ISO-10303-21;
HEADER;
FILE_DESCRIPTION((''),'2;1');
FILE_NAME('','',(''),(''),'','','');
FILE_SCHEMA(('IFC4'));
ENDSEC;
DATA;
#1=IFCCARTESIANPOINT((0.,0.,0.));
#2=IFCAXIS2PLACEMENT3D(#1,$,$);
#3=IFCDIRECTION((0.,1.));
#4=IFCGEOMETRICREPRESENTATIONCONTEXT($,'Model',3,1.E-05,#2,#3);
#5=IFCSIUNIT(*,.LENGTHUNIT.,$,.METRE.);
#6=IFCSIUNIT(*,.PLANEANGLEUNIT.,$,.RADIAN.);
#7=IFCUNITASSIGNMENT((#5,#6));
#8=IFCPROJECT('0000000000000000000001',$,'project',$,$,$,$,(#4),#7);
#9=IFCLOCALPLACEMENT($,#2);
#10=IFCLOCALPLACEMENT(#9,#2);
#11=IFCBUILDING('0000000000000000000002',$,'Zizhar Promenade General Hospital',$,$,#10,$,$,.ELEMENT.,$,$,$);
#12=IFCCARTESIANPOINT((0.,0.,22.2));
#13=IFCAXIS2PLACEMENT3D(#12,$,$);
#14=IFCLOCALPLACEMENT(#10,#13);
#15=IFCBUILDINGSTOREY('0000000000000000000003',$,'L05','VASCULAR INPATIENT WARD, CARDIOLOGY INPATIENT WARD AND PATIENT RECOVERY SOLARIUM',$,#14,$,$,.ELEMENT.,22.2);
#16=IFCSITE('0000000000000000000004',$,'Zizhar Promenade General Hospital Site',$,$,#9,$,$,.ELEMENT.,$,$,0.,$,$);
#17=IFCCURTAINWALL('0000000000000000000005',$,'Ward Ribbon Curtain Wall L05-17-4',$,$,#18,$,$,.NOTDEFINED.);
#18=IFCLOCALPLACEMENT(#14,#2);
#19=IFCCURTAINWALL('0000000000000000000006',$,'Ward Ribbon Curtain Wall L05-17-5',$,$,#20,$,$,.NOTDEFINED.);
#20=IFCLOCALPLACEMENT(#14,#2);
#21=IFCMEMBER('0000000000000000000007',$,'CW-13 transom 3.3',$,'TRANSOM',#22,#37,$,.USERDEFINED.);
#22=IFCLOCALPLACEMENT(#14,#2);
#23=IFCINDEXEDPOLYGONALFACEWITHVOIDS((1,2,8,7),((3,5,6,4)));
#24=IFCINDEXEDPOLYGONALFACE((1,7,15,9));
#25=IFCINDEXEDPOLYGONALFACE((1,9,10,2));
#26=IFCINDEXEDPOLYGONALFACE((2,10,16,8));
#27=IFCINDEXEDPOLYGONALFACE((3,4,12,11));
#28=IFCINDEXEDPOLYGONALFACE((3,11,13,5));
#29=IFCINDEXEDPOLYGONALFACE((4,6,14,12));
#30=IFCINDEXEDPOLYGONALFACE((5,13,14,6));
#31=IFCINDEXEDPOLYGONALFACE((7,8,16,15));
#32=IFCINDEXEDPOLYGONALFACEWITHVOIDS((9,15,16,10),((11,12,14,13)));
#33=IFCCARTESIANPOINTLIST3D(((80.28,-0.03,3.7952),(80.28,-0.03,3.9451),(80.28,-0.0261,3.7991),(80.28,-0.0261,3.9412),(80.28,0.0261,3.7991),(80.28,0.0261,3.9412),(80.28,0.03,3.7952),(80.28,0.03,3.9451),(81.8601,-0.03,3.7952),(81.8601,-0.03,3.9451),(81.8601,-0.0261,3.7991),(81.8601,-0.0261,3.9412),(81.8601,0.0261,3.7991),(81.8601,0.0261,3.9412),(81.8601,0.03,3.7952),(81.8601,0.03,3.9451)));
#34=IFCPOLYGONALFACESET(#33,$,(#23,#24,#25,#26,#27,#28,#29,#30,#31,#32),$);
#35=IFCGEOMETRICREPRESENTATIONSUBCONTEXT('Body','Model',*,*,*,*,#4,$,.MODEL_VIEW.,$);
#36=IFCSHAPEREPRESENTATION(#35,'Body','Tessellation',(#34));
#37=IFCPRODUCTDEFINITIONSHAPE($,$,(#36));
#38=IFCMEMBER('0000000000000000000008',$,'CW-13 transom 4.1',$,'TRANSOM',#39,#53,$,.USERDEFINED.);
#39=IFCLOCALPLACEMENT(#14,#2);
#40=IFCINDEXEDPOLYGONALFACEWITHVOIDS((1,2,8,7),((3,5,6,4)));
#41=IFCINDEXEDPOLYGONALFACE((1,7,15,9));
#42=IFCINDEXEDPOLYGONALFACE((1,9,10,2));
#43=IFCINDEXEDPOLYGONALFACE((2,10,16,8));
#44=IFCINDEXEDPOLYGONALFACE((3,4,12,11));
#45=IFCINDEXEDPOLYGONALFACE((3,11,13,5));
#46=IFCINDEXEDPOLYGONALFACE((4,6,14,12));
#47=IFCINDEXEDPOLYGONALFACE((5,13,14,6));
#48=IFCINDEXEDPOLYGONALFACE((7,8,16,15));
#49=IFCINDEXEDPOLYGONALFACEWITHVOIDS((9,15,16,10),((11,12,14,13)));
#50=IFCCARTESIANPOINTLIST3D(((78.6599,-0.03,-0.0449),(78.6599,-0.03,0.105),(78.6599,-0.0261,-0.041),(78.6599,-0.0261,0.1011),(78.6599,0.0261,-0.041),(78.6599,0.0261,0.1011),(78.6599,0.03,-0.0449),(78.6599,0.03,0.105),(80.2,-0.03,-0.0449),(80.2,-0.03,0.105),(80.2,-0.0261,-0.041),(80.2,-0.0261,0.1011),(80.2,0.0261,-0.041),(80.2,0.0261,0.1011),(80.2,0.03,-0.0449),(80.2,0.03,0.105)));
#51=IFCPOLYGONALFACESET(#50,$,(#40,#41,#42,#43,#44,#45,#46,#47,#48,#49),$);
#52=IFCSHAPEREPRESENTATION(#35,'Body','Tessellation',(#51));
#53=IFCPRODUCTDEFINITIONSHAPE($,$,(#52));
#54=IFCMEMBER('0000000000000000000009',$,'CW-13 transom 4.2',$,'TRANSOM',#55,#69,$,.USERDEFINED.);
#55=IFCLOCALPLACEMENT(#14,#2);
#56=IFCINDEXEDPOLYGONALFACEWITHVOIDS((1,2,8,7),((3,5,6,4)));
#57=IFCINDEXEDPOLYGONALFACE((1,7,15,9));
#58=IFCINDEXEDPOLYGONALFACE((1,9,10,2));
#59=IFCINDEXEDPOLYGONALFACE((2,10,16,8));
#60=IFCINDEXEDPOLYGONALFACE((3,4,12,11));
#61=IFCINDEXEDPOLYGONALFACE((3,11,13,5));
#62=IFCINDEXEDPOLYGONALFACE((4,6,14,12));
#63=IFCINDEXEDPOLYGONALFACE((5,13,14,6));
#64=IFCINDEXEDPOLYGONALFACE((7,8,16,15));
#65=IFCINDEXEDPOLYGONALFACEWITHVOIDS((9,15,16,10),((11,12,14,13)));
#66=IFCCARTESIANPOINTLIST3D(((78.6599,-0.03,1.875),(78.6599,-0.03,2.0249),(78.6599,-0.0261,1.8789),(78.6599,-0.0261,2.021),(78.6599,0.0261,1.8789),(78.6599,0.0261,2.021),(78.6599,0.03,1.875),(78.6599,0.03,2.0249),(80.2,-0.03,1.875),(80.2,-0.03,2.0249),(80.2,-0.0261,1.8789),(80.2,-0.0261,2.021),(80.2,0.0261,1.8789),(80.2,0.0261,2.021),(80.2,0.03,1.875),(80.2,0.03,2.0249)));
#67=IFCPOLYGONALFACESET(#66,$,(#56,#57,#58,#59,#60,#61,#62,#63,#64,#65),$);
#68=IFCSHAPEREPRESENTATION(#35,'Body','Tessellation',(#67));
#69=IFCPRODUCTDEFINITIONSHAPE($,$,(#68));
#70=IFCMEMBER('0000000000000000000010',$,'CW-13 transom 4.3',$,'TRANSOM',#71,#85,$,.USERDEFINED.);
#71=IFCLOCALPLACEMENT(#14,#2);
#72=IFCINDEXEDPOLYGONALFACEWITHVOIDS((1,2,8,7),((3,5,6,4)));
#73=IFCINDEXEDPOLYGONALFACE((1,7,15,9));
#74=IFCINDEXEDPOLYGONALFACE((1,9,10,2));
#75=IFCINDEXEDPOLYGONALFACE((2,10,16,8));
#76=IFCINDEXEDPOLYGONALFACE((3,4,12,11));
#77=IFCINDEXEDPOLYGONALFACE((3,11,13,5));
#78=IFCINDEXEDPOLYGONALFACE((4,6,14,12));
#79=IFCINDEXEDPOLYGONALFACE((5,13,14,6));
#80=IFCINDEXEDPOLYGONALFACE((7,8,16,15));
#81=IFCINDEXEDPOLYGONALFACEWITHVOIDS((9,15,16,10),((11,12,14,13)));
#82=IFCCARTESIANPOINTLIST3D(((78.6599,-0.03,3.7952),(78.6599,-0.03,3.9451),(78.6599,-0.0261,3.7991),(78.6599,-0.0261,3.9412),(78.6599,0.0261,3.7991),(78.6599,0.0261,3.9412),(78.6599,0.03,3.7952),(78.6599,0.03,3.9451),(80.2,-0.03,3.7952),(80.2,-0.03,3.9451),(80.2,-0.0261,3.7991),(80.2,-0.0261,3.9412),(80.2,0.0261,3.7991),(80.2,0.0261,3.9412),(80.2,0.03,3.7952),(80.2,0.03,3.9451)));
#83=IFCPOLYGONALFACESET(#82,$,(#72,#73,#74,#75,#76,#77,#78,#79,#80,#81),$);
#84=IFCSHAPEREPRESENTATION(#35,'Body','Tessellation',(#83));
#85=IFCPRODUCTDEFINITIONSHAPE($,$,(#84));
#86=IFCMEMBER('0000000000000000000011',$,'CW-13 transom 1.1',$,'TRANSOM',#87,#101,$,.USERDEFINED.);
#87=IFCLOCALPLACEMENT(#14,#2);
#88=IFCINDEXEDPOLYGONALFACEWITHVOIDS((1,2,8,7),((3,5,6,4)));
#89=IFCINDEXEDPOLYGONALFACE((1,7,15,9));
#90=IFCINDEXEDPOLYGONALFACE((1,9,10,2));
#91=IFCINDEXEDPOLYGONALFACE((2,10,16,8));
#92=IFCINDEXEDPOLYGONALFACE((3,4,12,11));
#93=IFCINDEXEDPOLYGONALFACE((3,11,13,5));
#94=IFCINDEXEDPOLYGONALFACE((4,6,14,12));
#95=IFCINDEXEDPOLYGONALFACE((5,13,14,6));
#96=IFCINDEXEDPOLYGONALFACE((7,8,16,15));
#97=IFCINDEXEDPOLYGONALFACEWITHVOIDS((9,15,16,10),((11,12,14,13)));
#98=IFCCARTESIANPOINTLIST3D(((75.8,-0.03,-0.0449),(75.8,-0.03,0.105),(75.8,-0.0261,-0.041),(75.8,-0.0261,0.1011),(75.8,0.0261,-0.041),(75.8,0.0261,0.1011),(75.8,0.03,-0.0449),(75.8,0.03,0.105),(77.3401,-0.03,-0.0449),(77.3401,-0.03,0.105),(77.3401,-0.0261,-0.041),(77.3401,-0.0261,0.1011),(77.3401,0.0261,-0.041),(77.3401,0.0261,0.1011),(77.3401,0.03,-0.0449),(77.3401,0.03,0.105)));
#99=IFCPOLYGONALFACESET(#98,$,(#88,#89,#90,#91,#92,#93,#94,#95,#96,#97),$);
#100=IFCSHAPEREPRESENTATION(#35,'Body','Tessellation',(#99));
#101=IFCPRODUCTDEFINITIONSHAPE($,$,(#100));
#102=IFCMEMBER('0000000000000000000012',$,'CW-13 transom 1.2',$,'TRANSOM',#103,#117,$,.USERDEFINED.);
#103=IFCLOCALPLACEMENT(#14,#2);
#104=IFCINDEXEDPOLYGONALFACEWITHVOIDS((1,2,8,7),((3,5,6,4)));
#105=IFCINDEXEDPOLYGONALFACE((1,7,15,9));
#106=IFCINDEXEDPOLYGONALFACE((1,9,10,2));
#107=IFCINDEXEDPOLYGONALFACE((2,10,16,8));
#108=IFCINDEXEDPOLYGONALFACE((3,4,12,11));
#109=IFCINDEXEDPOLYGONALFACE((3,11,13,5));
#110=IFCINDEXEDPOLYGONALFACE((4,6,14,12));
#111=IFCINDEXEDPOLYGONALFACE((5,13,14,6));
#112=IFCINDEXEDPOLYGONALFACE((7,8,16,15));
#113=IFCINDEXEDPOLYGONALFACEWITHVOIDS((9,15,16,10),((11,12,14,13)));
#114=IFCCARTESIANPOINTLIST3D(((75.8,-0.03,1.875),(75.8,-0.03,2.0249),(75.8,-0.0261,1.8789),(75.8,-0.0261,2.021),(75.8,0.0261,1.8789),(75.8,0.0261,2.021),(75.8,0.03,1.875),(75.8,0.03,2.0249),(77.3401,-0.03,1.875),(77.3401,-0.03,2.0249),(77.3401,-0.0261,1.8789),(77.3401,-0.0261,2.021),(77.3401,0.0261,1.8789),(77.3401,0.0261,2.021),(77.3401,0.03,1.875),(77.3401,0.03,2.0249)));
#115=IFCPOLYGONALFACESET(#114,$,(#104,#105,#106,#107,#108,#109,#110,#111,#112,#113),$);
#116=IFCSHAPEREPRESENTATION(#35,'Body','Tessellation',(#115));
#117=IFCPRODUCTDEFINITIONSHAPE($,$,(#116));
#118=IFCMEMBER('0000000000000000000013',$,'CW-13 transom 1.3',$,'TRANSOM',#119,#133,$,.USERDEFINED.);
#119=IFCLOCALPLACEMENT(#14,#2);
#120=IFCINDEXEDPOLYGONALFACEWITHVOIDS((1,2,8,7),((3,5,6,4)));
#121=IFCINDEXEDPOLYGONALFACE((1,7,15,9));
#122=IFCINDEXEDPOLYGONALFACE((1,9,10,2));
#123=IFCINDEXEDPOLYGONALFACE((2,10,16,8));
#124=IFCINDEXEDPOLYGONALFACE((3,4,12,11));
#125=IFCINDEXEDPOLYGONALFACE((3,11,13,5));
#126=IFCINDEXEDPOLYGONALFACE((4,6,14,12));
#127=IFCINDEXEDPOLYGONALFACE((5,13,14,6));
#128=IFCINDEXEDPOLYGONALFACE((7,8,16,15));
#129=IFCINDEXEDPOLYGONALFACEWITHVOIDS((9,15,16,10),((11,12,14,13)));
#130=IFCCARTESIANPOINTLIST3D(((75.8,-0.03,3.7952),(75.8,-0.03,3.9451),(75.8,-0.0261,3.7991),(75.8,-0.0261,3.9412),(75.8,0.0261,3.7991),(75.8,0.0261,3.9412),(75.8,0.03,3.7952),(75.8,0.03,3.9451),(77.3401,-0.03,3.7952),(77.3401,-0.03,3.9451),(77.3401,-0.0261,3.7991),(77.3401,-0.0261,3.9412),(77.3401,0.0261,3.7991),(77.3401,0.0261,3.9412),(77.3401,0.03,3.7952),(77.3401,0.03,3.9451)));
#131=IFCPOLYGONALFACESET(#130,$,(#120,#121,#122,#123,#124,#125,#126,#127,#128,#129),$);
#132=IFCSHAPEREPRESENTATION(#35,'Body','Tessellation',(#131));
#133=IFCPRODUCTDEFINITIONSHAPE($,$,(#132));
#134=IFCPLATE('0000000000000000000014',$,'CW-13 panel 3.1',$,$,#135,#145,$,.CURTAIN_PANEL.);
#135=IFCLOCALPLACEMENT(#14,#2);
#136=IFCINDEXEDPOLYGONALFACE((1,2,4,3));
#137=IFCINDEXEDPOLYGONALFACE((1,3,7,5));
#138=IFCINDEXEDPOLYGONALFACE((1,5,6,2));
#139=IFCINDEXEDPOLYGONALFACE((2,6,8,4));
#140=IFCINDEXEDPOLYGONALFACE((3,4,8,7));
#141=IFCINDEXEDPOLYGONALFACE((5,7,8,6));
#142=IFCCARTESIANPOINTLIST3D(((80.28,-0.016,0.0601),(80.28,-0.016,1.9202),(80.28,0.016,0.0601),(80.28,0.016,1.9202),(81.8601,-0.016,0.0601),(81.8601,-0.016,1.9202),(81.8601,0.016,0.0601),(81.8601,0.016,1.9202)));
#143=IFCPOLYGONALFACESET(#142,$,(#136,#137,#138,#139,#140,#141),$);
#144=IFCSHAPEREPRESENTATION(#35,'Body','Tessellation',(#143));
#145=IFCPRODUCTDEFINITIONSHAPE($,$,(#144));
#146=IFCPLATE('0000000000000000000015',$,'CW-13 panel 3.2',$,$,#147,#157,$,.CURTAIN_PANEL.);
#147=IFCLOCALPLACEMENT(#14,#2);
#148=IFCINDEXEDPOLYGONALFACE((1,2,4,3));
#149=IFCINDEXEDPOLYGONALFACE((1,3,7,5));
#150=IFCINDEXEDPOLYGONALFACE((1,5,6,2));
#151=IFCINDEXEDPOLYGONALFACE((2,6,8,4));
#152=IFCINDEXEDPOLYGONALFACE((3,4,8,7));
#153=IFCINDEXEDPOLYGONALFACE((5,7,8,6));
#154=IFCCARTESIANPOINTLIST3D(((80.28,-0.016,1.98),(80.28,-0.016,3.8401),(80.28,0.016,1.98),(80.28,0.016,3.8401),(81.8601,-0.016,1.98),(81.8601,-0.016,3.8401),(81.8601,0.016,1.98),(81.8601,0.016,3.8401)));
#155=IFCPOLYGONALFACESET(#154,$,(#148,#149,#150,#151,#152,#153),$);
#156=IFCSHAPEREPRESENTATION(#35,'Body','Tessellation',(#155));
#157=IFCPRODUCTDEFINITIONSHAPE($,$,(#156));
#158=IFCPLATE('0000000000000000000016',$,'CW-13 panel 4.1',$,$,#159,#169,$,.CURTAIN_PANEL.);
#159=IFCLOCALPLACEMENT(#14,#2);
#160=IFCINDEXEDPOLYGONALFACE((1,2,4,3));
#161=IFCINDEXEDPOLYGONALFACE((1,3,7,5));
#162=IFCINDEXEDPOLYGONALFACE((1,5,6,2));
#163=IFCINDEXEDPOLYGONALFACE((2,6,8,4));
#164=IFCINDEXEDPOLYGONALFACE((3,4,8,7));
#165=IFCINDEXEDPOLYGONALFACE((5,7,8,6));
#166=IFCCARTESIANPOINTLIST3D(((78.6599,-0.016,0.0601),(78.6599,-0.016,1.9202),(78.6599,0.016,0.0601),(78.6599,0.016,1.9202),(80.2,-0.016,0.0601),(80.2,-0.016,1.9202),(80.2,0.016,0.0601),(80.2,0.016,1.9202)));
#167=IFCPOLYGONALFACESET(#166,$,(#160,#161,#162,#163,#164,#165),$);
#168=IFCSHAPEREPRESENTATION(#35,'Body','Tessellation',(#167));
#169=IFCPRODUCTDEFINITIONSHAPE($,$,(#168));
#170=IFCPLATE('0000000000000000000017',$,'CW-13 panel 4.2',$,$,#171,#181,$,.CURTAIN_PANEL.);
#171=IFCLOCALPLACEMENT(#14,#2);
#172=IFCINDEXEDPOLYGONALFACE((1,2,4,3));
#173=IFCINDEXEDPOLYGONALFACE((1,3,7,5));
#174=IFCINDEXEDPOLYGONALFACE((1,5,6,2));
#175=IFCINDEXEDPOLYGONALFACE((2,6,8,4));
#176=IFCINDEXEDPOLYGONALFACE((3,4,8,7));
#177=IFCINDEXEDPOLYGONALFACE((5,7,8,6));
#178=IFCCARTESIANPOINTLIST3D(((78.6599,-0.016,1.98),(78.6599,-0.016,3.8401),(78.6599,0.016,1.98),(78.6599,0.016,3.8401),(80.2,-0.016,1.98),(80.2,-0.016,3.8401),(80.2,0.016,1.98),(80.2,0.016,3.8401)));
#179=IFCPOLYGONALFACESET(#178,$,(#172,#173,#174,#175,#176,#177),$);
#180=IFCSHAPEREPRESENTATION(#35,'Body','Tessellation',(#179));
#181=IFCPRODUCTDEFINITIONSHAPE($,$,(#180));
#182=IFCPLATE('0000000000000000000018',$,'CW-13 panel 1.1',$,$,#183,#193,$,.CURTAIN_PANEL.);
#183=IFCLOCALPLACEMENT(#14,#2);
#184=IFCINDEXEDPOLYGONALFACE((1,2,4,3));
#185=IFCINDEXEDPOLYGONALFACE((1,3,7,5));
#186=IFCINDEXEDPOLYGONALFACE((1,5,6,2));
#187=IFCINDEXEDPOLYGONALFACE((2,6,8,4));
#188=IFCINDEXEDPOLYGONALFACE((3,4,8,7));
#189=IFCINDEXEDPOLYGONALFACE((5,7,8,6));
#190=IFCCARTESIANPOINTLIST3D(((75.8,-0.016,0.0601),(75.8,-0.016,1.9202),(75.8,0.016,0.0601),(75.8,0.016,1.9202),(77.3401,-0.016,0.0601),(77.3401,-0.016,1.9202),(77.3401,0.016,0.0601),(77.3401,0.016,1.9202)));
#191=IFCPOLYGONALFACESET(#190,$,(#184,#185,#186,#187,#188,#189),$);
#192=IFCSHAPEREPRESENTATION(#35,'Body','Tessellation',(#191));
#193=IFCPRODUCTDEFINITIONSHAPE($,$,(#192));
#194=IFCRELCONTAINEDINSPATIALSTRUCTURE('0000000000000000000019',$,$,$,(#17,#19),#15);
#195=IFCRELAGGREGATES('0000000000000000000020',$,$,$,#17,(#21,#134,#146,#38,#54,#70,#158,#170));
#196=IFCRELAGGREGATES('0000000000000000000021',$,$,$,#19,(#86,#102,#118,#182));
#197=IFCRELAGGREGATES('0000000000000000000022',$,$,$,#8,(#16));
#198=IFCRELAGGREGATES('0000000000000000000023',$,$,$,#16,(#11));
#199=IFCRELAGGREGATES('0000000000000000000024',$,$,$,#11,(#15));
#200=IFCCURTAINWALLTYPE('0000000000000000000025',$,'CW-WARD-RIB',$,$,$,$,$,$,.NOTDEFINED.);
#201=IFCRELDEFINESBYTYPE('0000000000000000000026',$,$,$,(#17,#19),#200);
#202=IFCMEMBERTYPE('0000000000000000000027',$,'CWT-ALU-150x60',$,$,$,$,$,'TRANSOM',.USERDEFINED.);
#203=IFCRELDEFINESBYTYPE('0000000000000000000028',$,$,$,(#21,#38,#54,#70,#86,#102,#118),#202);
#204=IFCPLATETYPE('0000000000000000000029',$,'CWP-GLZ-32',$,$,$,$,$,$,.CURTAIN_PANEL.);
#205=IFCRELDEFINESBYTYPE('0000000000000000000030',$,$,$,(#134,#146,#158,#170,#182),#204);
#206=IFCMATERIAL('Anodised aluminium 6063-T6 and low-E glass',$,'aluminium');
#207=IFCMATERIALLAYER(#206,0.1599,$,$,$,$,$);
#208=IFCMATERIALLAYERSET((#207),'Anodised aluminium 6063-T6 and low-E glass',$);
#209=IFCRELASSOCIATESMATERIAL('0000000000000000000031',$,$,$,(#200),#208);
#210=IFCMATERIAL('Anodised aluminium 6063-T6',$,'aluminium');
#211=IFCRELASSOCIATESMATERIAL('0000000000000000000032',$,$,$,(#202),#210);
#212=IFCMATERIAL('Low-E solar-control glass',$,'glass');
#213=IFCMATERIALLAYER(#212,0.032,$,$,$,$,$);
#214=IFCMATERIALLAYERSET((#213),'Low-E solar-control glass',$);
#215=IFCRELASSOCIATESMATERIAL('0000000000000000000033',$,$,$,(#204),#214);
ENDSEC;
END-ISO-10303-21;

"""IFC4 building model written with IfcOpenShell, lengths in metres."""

from ifc_helpers import new_model, si_unit, direction, frame, origin, origin_2d, place, context, subcontext, project, spatial, rectangle, hollow_rectangle, extrude, material, layer, layer_set, material_profile, profile_set, type_object, element, aggregate, save


model = new_model("IFC4")

# Units and contexts
model_context = context("Model", 3, precision=1e-05, world=origin(), true_north=direction((0.0, 1.0)))
body_context = subcontext(model_context, "Body", "Model", "MODEL_VIEW")
ifc_project = project(units=[si_unit("LENGTHUNIT", "METRE"), si_unit("PLANEANGLEUNIT", "RADIAN")], contexts=[model_context])

# Site, building, storey
site_placement = place(None, origin())
site = spatial("IfcSite", under=ifc_project, at=site_placement, Name="Zizhar Promenade General Hospital Site", CompositionType="ELEMENT", RefElevation=0.0)
building_placement = place(site_placement, origin())
building = spatial("IfcBuilding", under=site, at=building_placement, Name="Zizhar Promenade General Hospital", CompositionType="ELEMENT")
storey_placement = place(building_placement, frame((0.0, 0.0, 22.2)))
storey = spatial("IfcBuildingStorey", under=building, at=storey_placement, Name="L05", Description="VASCULAR INPATIENT WARD, CARDIOLOGY INPATIENT WARD AND PATIENT RECOVERY SOLARIUM", CompositionType="ELEMENT", Elevation=22.2)

# Curtain wall
ifc_material_1 = material(Name="Anodised aluminium 6063-T6 and low-E glass", Category="aluminium")
ifc_layer_1 = layer(ifc_material_1, 0.1599)
ifc_layer_set_1 = layer_set([ifc_layer_1], Name="Anodised aluminium 6063-T6 and low-E glass")
curtain_wall_type = type_object("IfcCurtainWallType", Name="CW-WARD-RIB", PredefinedType="NOTDEFINED", material=ifc_layer_set_1)
curtain_wall_1_placement = place(storey_placement, origin())
curtain_wall_1 = element("IfcCurtainWall", 1, at=curtain_wall_1_placement, inside=storey, type_object=curtain_wall_type, Name="Ward Ribbon Curtain Wall L05-17-4", PredefinedType="NOTDEFINED")

# Curtain wall
curtain_wall_2_placement = place(storey_placement, origin())
curtain_wall_2 = element("IfcCurtainWall", 2, at=curtain_wall_2_placement, inside=storey, type_object=curtain_wall_type, Name="Ward Ribbon Curtain Wall L05-17-5", PredefinedType="NOTDEFINED")

# Members
ifc_material_2 = material(Name="Anodised aluminium 6063-T6", Category="aluminium")
ifc_material_profile_1 = material_profile(ifc_material_2, hollow_rectangle(XDim=0.0601, YDim=0.1499, WallThickness=0.0039, at=origin_2d()))
ifc_profile_set_1 = profile_set([ifc_material_profile_1], Name="Anodised aluminium 6063-T6")
member_type_1 = type_object("IfcMemberType", Name="CWT-ALU-150x60", ElementType="TRANSOM", PredefinedType="USERDEFINED", material=ifc_profile_set_1)
member_1_placement = place(storey_placement, frame((81.8601, 0.0, 3.8701), z_axis=(-1.0, 0.0, 0.0), x_axis=(0.0, -1.0, 0.0)))
member_1 = element("IfcMember", 3, at=member_1_placement, type_object=member_type_1, Name="CW-13 transom 3.3", ObjectType="TRANSOM", PredefinedType="USERDEFINED", context=body_context, shape_type="SweptSolid", body=[
    extrude(hollow_rectangle(XDim=0.0601, YDim=0.1499, WallThickness=0.0039, at=origin_2d()), origin(), (0.0, 0.0, 1.0), 1.5801),
])
member_2_placement = place(storey_placement, frame((80.2, 0.0, 0.03), z_axis=(-1.0, 0.0, 0.0), x_axis=(0.0, -1.0, 0.0)))
member_2 = element("IfcMember", 4, at=member_2_placement, type_object=member_type_1, Name="CW-13 transom 4.1", ObjectType="TRANSOM", PredefinedType="USERDEFINED", context=body_context, shape_type="SweptSolid", body=[
    extrude(hollow_rectangle(XDim=0.0601, YDim=0.1499, WallThickness=0.0039, at=origin_2d()), origin(), (0.0, 0.0, 1.0), 1.54),
])
member_3_placement = place(storey_placement, frame((80.2, 0.0, 1.95), z_axis=(-1.0, 0.0, 0.0), x_axis=(0.0, -1.0, 0.0)))
member_3 = element("IfcMember", 5, at=member_3_placement, type_object=member_type_1, Name="CW-13 transom 4.2", ObjectType="TRANSOM", PredefinedType="USERDEFINED", context=body_context, shape_type="SweptSolid", body=[
    extrude(hollow_rectangle(XDim=0.0601, YDim=0.1499, WallThickness=0.0039, at=origin_2d()), origin(), (0.0, 0.0, 1.0), 1.54),
])
member_4_placement = place(storey_placement, frame((80.2, 0.0, 3.8701), z_axis=(-1.0, 0.0, 0.0), x_axis=(0.0, -1.0, 0.0)))
member_4 = element("IfcMember", 6, at=member_4_placement, type_object=member_type_1, Name="CW-13 transom 4.3", ObjectType="TRANSOM", PredefinedType="USERDEFINED", context=body_context, shape_type="SweptSolid", body=[
    extrude(hollow_rectangle(XDim=0.0601, YDim=0.1499, WallThickness=0.0039, at=origin_2d()), origin(), (0.0, 0.0, 1.0), 1.54),
])
member_5_placement = place(storey_placement, frame((77.3401, 0.0, 0.03), z_axis=(-1.0, 0.0, 0.0), x_axis=(0.0, -1.0, 0.0)))
member_5 = element("IfcMember", 7, at=member_5_placement, type_object=member_type_1, Name="CW-13 transom 1.1", ObjectType="TRANSOM", PredefinedType="USERDEFINED", context=body_context, shape_type="SweptSolid", body=[
    extrude(hollow_rectangle(XDim=0.0601, YDim=0.1499, WallThickness=0.0039, at=origin_2d()), origin(), (0.0, 0.0, 1.0), 1.54),
])
member_6_placement = place(storey_placement, frame((77.3401, 0.0, 1.95), z_axis=(-1.0, 0.0, 0.0), x_axis=(0.0, -1.0, 0.0)))
member_6 = element("IfcMember", 8, at=member_6_placement, type_object=member_type_1, Name="CW-13 transom 1.2", ObjectType="TRANSOM", PredefinedType="USERDEFINED", context=body_context, shape_type="SweptSolid", body=[
    extrude(hollow_rectangle(XDim=0.0601, YDim=0.1499, WallThickness=0.0039, at=origin_2d()), origin(), (0.0, 0.0, 1.0), 1.54),
])
member_7_placement = place(storey_placement, frame((77.3401, 0.0, 3.8701), z_axis=(-1.0, 0.0, 0.0), x_axis=(0.0, -1.0, 0.0)))
member_7 = element("IfcMember", 9, at=member_7_placement, type_object=member_type_1, Name="CW-13 transom 1.3", ObjectType="TRANSOM", PredefinedType="USERDEFINED", context=body_context, shape_type="SweptSolid", body=[
    extrude(hollow_rectangle(XDim=0.0601, YDim=0.1499, WallThickness=0.0039, at=origin_2d()), origin(), (0.0, 0.0, 1.0), 1.54),
])

# Plates
ifc_material_3 = material(Name="Low-E solar-control glass", Category="glass")
ifc_layer_2 = layer(ifc_material_3, 0.032)
ifc_layer_set_2 = layer_set([ifc_layer_2], Name="Low-E solar-control glass")
plate_type = type_object("IfcPlateType", Name="CWP-GLZ-32", PredefinedType="CURTAIN_PANEL", material=ifc_layer_set_2)
plate_1_placement = place(storey_placement, frame((81.0701, 0.0, 0.0601), z_axis=(0.0, 0.0, 1.0), x_axis=(-1.0, 0.0, 0.0)))
plate_1 = element("IfcPlate", 10, at=plate_1_placement, type_object=plate_type, Name="CW-13 panel 3.1", PredefinedType="CURTAIN_PANEL", context=body_context, shape_type="SweptSolid", body=[
    extrude(rectangle(XDim=1.5801, YDim=0.032, at=origin_2d()), origin(), (0.0, 0.0, 1.0), 1.8601),
])
plate_2_placement = place(storey_placement, frame((81.0701, 0.0, 1.98), z_axis=(0.0, 0.0, 1.0), x_axis=(-1.0, 0.0, 0.0)))
plate_2 = element("IfcPlate", 11, at=plate_2_placement, type_object=plate_type, Name="CW-13 panel 3.2", PredefinedType="CURTAIN_PANEL", context=body_context, shape_type="SweptSolid", body=[
    extrude(rectangle(XDim=1.5801, YDim=0.032, at=origin_2d()), origin(), (0.0, 0.0, 1.0), 1.8601),
])
plate_3_placement = place(storey_placement, frame((79.4299, 0.0, 0.0601), z_axis=(0.0, 0.0, 1.0), x_axis=(-1.0, 0.0, 0.0)))
plate_3 = element("IfcPlate", 12, at=plate_3_placement, type_object=plate_type, Name="CW-13 panel 4.1", PredefinedType="CURTAIN_PANEL", context=body_context, shape_type="SweptSolid", body=[
    extrude(rectangle(XDim=1.54, YDim=0.032, at=origin_2d()), origin(), (0.0, 0.0, 1.0), 1.8601),
])
plate_4_placement = place(storey_placement, frame((79.4299, 0.0, 1.98), z_axis=(0.0, 0.0, 1.0), x_axis=(-1.0, 0.0, 0.0)))
plate_4 = element("IfcPlate", 13, at=plate_4_placement, type_object=plate_type, Name="CW-13 panel 4.2", PredefinedType="CURTAIN_PANEL", context=body_context, shape_type="SweptSolid", body=[
    extrude(rectangle(XDim=1.54, YDim=0.032, at=origin_2d()), origin(), (0.0, 0.0, 1.0), 1.8601),
])
aggregate(curtain_wall_1, [member_1, plate_1, plate_2, member_2, member_3, member_4, plate_3, plate_4])
plate_5_placement = place(storey_placement, frame((76.5701, 0.0, 0.0601), z_axis=(0.0, 0.0, 1.0), x_axis=(-1.0, 0.0, 0.0)))
plate_5 = element("IfcPlate", 14, at=plate_5_placement, type_object=plate_type, Name="CW-13 panel 1.1", PredefinedType="CURTAIN_PANEL", context=body_context, shape_type="SweptSolid", body=[
    extrude(rectangle(XDim=1.54, YDim=0.032, at=origin_2d()), origin(), (0.0, 0.0, 1.0), 1.8601),
])
aggregate(curtain_wall_2, [member_5, member_6, member_7, plate_5])

save(model, "model.ifc")
